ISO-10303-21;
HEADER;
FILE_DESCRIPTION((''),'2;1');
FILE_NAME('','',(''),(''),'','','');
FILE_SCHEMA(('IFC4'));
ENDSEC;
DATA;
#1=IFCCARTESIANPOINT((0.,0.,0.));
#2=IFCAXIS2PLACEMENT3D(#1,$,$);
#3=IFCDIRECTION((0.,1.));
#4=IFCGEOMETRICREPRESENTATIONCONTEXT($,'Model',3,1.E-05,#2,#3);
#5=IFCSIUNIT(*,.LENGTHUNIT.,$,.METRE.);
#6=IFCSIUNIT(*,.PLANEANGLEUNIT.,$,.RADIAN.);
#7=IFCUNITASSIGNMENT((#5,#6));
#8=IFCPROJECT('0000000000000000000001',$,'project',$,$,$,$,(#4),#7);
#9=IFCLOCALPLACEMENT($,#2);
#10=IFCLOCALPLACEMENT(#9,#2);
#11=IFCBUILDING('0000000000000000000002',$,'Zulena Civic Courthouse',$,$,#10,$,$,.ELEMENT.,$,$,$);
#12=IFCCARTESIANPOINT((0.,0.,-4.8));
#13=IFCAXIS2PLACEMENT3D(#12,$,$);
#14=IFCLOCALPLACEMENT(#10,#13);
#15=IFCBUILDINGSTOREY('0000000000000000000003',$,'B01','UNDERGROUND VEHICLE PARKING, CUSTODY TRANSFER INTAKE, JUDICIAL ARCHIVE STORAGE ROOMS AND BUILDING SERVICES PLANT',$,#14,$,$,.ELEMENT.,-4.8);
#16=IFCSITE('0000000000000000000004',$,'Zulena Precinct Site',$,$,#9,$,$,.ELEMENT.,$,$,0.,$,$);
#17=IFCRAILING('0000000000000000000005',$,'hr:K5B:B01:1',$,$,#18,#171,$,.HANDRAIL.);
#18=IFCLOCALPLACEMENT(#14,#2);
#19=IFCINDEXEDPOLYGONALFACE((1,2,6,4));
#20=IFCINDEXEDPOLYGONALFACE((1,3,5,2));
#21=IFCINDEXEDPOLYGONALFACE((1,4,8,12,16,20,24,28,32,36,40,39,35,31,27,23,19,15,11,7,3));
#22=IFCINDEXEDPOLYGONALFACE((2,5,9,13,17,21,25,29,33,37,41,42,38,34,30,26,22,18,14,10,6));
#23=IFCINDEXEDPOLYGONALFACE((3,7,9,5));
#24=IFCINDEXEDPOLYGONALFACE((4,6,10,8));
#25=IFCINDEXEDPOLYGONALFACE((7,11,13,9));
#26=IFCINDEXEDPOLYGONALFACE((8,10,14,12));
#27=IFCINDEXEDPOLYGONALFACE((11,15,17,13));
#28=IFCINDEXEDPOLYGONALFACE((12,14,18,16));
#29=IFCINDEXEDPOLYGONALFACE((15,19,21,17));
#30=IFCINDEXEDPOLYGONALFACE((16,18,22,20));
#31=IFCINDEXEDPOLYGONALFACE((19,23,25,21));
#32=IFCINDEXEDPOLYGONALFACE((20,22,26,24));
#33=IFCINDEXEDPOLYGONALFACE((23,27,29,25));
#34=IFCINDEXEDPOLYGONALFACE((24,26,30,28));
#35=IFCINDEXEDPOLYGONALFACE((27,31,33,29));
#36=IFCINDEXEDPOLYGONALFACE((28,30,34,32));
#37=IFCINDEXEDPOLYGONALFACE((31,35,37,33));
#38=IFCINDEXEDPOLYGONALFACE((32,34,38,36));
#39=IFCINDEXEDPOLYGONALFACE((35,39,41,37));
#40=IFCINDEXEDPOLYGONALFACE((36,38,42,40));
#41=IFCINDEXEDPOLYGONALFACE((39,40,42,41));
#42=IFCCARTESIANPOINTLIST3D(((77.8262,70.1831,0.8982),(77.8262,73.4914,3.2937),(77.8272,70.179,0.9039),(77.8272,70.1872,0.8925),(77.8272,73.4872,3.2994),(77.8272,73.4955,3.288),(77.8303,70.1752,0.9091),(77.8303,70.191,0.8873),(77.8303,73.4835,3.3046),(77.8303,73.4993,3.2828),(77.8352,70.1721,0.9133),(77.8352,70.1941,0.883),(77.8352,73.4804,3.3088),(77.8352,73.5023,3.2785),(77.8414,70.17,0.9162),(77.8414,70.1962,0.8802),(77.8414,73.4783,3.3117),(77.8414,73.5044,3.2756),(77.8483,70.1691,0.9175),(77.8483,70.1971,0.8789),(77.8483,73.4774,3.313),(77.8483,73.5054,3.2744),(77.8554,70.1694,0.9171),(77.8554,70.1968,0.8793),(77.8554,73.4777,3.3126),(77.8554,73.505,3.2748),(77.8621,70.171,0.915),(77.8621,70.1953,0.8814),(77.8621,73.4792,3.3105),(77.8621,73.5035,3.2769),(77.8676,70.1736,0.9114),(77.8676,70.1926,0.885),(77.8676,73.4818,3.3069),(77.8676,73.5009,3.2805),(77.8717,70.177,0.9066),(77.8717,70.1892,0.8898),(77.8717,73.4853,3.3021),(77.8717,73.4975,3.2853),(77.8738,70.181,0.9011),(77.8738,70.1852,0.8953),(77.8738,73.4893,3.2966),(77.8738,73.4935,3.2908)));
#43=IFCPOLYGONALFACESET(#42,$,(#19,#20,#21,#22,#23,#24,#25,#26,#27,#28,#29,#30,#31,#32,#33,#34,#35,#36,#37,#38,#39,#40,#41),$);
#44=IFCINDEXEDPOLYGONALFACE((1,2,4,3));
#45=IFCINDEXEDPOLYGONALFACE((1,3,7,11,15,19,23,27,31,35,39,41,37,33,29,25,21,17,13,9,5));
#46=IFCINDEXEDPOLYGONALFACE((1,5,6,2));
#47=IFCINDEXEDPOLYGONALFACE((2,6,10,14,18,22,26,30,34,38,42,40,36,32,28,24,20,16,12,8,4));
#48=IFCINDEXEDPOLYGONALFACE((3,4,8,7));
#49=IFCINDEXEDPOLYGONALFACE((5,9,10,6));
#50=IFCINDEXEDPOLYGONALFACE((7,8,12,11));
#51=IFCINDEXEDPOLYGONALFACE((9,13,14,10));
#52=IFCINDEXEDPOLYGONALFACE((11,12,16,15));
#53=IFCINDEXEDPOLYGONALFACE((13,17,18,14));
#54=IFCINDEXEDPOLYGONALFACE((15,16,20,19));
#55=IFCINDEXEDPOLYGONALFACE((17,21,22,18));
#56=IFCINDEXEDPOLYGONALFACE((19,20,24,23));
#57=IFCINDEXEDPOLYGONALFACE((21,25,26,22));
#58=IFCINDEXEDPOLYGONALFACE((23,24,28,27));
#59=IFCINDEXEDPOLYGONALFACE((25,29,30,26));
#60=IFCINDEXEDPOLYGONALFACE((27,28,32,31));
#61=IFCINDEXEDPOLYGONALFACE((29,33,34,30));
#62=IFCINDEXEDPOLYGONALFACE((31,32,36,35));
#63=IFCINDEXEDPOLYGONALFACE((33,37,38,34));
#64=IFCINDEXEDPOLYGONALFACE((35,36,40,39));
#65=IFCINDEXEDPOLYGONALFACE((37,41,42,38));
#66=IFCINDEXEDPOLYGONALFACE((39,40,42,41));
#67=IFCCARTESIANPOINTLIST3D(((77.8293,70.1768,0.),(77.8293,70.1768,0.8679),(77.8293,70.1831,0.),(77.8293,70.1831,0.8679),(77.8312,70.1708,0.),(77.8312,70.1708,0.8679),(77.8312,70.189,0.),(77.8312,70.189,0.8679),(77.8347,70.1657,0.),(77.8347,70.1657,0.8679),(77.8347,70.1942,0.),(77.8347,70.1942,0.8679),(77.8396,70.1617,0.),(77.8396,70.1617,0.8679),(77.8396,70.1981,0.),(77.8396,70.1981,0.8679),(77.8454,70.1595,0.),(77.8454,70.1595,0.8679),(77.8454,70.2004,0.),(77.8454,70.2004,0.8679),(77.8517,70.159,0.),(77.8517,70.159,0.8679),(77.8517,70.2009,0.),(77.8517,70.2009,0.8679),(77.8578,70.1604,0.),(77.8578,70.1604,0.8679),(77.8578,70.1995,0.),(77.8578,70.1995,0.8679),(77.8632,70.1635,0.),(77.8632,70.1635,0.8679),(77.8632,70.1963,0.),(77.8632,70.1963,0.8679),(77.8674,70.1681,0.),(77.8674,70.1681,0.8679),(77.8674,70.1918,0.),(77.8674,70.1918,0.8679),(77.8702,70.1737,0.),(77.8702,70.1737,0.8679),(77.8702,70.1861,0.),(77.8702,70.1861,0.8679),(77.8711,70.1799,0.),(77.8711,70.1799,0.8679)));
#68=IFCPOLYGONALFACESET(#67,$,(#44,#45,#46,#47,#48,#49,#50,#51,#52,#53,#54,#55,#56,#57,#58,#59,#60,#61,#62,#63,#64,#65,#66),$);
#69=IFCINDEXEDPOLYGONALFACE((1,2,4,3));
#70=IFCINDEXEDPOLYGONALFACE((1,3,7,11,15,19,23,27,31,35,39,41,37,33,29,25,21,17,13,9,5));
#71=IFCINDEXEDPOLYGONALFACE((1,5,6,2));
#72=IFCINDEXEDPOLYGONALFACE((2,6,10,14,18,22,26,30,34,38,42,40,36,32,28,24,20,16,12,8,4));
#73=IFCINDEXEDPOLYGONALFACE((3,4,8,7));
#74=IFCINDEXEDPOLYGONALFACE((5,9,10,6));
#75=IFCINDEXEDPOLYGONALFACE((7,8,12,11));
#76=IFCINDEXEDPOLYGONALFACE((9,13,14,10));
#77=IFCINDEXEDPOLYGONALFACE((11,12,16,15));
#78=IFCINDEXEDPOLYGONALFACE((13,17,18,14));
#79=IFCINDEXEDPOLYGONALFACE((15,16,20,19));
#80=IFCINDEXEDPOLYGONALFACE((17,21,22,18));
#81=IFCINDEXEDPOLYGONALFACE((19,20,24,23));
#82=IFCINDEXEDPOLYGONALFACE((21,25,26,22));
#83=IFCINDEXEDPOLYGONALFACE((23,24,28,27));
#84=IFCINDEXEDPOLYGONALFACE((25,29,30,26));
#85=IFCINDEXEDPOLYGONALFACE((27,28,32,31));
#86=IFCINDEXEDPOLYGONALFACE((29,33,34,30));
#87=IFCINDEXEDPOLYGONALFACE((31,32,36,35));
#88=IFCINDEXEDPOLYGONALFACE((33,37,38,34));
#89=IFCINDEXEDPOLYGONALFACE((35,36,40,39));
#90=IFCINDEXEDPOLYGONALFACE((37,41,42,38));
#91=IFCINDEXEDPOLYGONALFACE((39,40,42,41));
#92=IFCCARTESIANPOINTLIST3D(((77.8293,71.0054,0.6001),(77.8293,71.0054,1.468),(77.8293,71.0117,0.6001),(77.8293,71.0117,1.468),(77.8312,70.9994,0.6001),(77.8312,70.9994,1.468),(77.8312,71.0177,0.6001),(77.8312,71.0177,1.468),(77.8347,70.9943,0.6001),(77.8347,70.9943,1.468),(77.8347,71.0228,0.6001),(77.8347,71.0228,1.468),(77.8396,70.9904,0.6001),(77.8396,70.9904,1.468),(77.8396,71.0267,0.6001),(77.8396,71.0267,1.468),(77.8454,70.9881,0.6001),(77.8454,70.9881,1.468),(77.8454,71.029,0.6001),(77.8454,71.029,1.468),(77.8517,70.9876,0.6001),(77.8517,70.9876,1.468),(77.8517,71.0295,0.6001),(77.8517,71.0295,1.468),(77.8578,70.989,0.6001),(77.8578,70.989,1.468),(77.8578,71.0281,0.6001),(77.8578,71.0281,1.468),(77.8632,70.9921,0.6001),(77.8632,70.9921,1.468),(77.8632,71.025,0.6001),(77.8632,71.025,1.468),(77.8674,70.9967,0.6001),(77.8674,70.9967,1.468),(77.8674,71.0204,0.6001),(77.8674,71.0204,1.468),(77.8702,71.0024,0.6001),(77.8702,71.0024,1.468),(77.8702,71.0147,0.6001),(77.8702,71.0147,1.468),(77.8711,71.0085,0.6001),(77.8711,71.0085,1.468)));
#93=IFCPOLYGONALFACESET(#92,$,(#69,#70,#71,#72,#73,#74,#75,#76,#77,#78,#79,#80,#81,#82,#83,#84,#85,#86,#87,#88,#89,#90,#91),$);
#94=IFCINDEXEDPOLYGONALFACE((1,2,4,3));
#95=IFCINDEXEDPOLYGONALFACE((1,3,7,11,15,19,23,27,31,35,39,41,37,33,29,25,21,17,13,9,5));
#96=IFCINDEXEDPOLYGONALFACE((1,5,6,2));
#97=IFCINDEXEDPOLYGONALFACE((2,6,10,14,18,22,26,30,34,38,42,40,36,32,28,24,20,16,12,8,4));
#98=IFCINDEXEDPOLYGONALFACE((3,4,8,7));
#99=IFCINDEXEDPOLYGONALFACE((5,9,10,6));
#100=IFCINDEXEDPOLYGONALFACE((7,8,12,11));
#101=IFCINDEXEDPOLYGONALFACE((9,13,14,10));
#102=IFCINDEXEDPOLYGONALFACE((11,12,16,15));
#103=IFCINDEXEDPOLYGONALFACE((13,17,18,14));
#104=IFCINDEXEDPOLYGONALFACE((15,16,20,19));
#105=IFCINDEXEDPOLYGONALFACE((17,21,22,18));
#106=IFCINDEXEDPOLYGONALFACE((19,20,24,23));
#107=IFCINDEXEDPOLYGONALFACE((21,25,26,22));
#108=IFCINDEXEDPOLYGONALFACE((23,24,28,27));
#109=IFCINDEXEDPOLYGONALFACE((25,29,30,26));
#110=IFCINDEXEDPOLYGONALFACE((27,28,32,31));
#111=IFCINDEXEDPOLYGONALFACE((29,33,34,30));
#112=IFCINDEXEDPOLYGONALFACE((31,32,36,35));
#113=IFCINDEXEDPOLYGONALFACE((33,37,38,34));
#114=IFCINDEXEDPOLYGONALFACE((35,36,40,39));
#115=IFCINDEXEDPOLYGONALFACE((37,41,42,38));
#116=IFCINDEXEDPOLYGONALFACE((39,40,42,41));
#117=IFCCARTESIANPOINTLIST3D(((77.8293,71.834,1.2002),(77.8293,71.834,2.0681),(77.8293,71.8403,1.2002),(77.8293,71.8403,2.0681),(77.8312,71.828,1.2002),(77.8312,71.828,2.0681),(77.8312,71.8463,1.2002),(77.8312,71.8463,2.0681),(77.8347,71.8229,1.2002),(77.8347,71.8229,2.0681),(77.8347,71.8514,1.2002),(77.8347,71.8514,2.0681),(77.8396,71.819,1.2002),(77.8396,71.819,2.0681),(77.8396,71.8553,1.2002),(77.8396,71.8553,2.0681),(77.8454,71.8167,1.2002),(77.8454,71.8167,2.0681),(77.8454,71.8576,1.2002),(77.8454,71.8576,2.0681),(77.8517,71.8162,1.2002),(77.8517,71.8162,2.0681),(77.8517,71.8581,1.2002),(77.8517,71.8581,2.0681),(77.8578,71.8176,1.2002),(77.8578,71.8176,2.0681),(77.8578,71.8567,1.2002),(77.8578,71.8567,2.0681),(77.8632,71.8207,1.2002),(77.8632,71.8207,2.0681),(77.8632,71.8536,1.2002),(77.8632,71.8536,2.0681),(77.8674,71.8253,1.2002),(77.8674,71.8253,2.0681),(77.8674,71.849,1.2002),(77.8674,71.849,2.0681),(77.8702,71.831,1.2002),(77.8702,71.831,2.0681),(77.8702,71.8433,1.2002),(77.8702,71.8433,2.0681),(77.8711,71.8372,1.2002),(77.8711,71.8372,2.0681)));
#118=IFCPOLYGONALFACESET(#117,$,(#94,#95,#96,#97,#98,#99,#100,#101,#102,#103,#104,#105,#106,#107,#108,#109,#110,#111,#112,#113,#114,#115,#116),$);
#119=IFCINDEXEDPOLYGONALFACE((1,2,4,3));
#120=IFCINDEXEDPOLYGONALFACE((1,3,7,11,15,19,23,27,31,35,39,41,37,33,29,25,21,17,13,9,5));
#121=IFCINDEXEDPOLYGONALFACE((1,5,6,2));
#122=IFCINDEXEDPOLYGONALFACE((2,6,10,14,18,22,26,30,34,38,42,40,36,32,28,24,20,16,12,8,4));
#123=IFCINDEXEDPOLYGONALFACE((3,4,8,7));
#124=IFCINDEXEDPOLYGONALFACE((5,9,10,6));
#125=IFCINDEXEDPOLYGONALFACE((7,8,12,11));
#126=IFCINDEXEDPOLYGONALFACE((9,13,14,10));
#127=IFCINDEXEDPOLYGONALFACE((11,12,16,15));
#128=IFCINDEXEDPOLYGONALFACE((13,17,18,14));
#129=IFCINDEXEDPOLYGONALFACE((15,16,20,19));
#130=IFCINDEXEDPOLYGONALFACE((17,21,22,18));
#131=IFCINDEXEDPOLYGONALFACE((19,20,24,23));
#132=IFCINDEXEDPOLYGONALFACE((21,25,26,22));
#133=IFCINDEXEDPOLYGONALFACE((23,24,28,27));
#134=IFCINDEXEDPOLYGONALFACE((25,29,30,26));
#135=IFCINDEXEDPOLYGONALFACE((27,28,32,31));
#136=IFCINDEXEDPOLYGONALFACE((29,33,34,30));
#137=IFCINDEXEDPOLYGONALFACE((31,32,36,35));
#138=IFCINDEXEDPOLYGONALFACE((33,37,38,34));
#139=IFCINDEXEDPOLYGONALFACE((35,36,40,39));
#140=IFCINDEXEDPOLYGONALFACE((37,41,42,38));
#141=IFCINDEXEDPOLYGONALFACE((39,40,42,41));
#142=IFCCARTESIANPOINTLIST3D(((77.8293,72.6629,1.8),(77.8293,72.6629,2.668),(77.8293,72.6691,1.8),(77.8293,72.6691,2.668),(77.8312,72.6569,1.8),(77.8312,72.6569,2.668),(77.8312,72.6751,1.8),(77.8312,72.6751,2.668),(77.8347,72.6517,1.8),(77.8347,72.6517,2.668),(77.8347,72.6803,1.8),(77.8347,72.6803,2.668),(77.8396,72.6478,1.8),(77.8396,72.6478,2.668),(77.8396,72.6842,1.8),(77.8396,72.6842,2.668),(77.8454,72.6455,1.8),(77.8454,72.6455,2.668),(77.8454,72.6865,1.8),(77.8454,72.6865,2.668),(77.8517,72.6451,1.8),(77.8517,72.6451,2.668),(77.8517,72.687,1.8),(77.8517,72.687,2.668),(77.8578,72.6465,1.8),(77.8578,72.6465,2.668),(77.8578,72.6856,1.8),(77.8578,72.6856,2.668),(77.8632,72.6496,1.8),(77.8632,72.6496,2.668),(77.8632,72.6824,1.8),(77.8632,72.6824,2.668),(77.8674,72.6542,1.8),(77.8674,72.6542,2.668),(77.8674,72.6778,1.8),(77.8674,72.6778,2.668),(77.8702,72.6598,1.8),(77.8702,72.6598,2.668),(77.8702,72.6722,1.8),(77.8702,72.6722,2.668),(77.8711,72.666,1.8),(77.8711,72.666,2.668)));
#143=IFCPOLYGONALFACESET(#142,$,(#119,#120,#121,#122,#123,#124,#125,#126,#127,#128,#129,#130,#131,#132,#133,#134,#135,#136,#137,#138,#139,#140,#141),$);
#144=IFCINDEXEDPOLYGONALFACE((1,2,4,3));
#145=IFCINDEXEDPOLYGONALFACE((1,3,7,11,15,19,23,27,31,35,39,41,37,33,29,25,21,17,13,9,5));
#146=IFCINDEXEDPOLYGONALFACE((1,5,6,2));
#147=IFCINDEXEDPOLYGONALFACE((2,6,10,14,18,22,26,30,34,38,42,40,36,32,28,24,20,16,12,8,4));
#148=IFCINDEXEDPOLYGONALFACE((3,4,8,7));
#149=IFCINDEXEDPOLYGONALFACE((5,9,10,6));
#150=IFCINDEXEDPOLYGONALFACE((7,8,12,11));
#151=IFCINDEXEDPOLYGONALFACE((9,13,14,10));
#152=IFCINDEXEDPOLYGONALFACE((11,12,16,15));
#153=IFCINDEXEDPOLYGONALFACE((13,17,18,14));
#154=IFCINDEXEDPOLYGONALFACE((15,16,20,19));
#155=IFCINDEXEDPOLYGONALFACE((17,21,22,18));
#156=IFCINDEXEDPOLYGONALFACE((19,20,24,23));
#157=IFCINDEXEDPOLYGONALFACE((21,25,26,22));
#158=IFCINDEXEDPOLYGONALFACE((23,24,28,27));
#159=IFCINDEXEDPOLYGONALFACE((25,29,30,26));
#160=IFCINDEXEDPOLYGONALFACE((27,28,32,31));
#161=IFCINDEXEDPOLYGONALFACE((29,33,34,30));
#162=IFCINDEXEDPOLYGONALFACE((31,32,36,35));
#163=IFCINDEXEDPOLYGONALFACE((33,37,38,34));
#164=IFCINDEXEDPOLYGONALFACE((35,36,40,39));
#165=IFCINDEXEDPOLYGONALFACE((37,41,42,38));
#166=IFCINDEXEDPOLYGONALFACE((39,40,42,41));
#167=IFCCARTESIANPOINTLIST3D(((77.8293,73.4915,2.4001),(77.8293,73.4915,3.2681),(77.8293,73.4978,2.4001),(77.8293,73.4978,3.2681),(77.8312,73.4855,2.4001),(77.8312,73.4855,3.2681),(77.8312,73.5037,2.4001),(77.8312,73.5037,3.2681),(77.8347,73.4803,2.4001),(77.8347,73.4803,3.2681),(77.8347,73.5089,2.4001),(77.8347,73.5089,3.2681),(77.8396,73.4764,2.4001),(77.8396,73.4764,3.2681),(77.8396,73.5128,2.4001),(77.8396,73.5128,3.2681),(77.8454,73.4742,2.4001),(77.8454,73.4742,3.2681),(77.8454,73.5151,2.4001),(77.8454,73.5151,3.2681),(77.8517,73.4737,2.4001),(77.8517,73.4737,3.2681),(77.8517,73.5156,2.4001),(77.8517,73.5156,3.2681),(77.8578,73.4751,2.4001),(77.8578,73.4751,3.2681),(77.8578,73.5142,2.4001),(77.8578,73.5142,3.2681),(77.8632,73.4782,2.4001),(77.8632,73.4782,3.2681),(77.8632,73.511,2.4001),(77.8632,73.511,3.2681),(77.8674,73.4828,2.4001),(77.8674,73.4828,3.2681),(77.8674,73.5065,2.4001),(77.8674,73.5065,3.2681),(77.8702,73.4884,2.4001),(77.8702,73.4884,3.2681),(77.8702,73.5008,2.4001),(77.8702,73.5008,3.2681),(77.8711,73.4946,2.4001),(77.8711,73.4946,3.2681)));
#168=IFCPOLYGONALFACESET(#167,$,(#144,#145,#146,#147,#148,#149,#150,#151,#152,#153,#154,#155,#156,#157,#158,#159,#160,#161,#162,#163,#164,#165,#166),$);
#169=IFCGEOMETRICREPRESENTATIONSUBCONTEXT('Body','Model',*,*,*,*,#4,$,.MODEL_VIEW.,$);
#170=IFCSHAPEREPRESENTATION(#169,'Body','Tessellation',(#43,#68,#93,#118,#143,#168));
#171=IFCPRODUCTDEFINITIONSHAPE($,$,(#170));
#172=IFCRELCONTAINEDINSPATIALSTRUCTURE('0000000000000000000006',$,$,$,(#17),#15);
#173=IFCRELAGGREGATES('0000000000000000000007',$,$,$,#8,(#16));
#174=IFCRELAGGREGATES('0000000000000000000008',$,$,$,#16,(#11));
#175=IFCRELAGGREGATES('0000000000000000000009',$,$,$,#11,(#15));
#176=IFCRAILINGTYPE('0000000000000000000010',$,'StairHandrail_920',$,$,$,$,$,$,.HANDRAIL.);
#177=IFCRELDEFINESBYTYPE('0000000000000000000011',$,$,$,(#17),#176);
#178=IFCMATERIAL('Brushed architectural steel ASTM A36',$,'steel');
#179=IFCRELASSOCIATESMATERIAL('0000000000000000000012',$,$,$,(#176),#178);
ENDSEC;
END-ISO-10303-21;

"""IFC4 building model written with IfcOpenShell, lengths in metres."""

from ifc_helpers import new_model, si_unit, direction, frame, origin, origin_2d, place, context, subcontext, project, spatial, circle, extrude, material, type_object, element, save


model = new_model("IFC4")

# Units and contexts
model_context = context("Model", 3, precision=1e-05, world=origin(), true_north=direction((0.0, 1.0)))
body_context = subcontext(model_context, "Body", "Model", "MODEL_VIEW")
ifc_project = project(units=[si_unit("LENGTHUNIT", "METRE"), si_unit("PLANEANGLEUNIT", "RADIAN")], contexts=[model_context])

# Site, building, storey
site_placement = place(None, origin())
site = spatial("IfcSite", under=ifc_project, at=site_placement, Name="Zulena Precinct Site", CompositionType="ELEMENT", RefElevation=0.0)
building_placement = place(site_placement, origin())
building = spatial("IfcBuilding", under=site, at=building_placement, Name="Zulena Civic Courthouse", CompositionType="ELEMENT")
storey_placement = place(building_placement, frame((0.0, 0.0, -4.8)))
storey = spatial("IfcBuildingStorey", under=building, at=storey_placement, Name="B01", Description="UNDERGROUND VEHICLE PARKING, CUSTODY TRANSFER INTAKE, JUDICIAL ARCHIVE STORAGE ROOMS AND BUILDING SERVICES PLANT", CompositionType="ELEMENT", Elevation=-4.8)

# Railing
ifc_material_1 = material(Name="Brushed architectural steel ASTM A36", Category="steel")
railing_type_1 = type_object("IfcRailingType", Name="StairHandrail_920", PredefinedType="HANDRAIL", material=ifc_material_1)
railing_1_placement = place(storey_placement, frame((77.8501, 70.1799, 0.0)))
element("IfcRailing", 1, at=railing_1_placement, inside=storey, type_object=railing_type_1, Name="hr:K5B:B01:1", PredefinedType="HANDRAIL", context=body_context, shape_type="SweptSolid", body=[
    extrude(circle(Radius=0.0239, at=origin_2d()), frame((0.0, 0.0032, 0.8982), z_axis=(0.0, 0.80996, 0.586486), x_axis=(-1.0, 0.0, 0.0)), (0.0, 0.0, 1.0), 4.0845),
    extrude(circle(Radius=0.021, at=origin_2d()), origin(), (0.0, 0.0, 1.0), 0.8679),
    extrude(circle(Radius=0.021, at=origin_2d()), frame((0.0, 0.8286, 0.6001)), (0.0, 0.0, 1.0), 0.8679),
    extrude(circle(Radius=0.021, at=origin_2d()), frame((0.0, 1.6572, 1.2002)), (0.0, 0.0, 1.0), 0.8679),
    extrude(circle(Radius=0.021, at=origin_2d()), frame((0.0, 2.4861, 1.8)), (0.0, 0.0, 1.0), 0.8679),
    extrude(circle(Radius=0.021, at=origin_2d()), frame((0.0, 3.3147, 2.4001)), (0.0, 0.0, 1.0), 0.8679),
])

save(model, "model.ifc")
